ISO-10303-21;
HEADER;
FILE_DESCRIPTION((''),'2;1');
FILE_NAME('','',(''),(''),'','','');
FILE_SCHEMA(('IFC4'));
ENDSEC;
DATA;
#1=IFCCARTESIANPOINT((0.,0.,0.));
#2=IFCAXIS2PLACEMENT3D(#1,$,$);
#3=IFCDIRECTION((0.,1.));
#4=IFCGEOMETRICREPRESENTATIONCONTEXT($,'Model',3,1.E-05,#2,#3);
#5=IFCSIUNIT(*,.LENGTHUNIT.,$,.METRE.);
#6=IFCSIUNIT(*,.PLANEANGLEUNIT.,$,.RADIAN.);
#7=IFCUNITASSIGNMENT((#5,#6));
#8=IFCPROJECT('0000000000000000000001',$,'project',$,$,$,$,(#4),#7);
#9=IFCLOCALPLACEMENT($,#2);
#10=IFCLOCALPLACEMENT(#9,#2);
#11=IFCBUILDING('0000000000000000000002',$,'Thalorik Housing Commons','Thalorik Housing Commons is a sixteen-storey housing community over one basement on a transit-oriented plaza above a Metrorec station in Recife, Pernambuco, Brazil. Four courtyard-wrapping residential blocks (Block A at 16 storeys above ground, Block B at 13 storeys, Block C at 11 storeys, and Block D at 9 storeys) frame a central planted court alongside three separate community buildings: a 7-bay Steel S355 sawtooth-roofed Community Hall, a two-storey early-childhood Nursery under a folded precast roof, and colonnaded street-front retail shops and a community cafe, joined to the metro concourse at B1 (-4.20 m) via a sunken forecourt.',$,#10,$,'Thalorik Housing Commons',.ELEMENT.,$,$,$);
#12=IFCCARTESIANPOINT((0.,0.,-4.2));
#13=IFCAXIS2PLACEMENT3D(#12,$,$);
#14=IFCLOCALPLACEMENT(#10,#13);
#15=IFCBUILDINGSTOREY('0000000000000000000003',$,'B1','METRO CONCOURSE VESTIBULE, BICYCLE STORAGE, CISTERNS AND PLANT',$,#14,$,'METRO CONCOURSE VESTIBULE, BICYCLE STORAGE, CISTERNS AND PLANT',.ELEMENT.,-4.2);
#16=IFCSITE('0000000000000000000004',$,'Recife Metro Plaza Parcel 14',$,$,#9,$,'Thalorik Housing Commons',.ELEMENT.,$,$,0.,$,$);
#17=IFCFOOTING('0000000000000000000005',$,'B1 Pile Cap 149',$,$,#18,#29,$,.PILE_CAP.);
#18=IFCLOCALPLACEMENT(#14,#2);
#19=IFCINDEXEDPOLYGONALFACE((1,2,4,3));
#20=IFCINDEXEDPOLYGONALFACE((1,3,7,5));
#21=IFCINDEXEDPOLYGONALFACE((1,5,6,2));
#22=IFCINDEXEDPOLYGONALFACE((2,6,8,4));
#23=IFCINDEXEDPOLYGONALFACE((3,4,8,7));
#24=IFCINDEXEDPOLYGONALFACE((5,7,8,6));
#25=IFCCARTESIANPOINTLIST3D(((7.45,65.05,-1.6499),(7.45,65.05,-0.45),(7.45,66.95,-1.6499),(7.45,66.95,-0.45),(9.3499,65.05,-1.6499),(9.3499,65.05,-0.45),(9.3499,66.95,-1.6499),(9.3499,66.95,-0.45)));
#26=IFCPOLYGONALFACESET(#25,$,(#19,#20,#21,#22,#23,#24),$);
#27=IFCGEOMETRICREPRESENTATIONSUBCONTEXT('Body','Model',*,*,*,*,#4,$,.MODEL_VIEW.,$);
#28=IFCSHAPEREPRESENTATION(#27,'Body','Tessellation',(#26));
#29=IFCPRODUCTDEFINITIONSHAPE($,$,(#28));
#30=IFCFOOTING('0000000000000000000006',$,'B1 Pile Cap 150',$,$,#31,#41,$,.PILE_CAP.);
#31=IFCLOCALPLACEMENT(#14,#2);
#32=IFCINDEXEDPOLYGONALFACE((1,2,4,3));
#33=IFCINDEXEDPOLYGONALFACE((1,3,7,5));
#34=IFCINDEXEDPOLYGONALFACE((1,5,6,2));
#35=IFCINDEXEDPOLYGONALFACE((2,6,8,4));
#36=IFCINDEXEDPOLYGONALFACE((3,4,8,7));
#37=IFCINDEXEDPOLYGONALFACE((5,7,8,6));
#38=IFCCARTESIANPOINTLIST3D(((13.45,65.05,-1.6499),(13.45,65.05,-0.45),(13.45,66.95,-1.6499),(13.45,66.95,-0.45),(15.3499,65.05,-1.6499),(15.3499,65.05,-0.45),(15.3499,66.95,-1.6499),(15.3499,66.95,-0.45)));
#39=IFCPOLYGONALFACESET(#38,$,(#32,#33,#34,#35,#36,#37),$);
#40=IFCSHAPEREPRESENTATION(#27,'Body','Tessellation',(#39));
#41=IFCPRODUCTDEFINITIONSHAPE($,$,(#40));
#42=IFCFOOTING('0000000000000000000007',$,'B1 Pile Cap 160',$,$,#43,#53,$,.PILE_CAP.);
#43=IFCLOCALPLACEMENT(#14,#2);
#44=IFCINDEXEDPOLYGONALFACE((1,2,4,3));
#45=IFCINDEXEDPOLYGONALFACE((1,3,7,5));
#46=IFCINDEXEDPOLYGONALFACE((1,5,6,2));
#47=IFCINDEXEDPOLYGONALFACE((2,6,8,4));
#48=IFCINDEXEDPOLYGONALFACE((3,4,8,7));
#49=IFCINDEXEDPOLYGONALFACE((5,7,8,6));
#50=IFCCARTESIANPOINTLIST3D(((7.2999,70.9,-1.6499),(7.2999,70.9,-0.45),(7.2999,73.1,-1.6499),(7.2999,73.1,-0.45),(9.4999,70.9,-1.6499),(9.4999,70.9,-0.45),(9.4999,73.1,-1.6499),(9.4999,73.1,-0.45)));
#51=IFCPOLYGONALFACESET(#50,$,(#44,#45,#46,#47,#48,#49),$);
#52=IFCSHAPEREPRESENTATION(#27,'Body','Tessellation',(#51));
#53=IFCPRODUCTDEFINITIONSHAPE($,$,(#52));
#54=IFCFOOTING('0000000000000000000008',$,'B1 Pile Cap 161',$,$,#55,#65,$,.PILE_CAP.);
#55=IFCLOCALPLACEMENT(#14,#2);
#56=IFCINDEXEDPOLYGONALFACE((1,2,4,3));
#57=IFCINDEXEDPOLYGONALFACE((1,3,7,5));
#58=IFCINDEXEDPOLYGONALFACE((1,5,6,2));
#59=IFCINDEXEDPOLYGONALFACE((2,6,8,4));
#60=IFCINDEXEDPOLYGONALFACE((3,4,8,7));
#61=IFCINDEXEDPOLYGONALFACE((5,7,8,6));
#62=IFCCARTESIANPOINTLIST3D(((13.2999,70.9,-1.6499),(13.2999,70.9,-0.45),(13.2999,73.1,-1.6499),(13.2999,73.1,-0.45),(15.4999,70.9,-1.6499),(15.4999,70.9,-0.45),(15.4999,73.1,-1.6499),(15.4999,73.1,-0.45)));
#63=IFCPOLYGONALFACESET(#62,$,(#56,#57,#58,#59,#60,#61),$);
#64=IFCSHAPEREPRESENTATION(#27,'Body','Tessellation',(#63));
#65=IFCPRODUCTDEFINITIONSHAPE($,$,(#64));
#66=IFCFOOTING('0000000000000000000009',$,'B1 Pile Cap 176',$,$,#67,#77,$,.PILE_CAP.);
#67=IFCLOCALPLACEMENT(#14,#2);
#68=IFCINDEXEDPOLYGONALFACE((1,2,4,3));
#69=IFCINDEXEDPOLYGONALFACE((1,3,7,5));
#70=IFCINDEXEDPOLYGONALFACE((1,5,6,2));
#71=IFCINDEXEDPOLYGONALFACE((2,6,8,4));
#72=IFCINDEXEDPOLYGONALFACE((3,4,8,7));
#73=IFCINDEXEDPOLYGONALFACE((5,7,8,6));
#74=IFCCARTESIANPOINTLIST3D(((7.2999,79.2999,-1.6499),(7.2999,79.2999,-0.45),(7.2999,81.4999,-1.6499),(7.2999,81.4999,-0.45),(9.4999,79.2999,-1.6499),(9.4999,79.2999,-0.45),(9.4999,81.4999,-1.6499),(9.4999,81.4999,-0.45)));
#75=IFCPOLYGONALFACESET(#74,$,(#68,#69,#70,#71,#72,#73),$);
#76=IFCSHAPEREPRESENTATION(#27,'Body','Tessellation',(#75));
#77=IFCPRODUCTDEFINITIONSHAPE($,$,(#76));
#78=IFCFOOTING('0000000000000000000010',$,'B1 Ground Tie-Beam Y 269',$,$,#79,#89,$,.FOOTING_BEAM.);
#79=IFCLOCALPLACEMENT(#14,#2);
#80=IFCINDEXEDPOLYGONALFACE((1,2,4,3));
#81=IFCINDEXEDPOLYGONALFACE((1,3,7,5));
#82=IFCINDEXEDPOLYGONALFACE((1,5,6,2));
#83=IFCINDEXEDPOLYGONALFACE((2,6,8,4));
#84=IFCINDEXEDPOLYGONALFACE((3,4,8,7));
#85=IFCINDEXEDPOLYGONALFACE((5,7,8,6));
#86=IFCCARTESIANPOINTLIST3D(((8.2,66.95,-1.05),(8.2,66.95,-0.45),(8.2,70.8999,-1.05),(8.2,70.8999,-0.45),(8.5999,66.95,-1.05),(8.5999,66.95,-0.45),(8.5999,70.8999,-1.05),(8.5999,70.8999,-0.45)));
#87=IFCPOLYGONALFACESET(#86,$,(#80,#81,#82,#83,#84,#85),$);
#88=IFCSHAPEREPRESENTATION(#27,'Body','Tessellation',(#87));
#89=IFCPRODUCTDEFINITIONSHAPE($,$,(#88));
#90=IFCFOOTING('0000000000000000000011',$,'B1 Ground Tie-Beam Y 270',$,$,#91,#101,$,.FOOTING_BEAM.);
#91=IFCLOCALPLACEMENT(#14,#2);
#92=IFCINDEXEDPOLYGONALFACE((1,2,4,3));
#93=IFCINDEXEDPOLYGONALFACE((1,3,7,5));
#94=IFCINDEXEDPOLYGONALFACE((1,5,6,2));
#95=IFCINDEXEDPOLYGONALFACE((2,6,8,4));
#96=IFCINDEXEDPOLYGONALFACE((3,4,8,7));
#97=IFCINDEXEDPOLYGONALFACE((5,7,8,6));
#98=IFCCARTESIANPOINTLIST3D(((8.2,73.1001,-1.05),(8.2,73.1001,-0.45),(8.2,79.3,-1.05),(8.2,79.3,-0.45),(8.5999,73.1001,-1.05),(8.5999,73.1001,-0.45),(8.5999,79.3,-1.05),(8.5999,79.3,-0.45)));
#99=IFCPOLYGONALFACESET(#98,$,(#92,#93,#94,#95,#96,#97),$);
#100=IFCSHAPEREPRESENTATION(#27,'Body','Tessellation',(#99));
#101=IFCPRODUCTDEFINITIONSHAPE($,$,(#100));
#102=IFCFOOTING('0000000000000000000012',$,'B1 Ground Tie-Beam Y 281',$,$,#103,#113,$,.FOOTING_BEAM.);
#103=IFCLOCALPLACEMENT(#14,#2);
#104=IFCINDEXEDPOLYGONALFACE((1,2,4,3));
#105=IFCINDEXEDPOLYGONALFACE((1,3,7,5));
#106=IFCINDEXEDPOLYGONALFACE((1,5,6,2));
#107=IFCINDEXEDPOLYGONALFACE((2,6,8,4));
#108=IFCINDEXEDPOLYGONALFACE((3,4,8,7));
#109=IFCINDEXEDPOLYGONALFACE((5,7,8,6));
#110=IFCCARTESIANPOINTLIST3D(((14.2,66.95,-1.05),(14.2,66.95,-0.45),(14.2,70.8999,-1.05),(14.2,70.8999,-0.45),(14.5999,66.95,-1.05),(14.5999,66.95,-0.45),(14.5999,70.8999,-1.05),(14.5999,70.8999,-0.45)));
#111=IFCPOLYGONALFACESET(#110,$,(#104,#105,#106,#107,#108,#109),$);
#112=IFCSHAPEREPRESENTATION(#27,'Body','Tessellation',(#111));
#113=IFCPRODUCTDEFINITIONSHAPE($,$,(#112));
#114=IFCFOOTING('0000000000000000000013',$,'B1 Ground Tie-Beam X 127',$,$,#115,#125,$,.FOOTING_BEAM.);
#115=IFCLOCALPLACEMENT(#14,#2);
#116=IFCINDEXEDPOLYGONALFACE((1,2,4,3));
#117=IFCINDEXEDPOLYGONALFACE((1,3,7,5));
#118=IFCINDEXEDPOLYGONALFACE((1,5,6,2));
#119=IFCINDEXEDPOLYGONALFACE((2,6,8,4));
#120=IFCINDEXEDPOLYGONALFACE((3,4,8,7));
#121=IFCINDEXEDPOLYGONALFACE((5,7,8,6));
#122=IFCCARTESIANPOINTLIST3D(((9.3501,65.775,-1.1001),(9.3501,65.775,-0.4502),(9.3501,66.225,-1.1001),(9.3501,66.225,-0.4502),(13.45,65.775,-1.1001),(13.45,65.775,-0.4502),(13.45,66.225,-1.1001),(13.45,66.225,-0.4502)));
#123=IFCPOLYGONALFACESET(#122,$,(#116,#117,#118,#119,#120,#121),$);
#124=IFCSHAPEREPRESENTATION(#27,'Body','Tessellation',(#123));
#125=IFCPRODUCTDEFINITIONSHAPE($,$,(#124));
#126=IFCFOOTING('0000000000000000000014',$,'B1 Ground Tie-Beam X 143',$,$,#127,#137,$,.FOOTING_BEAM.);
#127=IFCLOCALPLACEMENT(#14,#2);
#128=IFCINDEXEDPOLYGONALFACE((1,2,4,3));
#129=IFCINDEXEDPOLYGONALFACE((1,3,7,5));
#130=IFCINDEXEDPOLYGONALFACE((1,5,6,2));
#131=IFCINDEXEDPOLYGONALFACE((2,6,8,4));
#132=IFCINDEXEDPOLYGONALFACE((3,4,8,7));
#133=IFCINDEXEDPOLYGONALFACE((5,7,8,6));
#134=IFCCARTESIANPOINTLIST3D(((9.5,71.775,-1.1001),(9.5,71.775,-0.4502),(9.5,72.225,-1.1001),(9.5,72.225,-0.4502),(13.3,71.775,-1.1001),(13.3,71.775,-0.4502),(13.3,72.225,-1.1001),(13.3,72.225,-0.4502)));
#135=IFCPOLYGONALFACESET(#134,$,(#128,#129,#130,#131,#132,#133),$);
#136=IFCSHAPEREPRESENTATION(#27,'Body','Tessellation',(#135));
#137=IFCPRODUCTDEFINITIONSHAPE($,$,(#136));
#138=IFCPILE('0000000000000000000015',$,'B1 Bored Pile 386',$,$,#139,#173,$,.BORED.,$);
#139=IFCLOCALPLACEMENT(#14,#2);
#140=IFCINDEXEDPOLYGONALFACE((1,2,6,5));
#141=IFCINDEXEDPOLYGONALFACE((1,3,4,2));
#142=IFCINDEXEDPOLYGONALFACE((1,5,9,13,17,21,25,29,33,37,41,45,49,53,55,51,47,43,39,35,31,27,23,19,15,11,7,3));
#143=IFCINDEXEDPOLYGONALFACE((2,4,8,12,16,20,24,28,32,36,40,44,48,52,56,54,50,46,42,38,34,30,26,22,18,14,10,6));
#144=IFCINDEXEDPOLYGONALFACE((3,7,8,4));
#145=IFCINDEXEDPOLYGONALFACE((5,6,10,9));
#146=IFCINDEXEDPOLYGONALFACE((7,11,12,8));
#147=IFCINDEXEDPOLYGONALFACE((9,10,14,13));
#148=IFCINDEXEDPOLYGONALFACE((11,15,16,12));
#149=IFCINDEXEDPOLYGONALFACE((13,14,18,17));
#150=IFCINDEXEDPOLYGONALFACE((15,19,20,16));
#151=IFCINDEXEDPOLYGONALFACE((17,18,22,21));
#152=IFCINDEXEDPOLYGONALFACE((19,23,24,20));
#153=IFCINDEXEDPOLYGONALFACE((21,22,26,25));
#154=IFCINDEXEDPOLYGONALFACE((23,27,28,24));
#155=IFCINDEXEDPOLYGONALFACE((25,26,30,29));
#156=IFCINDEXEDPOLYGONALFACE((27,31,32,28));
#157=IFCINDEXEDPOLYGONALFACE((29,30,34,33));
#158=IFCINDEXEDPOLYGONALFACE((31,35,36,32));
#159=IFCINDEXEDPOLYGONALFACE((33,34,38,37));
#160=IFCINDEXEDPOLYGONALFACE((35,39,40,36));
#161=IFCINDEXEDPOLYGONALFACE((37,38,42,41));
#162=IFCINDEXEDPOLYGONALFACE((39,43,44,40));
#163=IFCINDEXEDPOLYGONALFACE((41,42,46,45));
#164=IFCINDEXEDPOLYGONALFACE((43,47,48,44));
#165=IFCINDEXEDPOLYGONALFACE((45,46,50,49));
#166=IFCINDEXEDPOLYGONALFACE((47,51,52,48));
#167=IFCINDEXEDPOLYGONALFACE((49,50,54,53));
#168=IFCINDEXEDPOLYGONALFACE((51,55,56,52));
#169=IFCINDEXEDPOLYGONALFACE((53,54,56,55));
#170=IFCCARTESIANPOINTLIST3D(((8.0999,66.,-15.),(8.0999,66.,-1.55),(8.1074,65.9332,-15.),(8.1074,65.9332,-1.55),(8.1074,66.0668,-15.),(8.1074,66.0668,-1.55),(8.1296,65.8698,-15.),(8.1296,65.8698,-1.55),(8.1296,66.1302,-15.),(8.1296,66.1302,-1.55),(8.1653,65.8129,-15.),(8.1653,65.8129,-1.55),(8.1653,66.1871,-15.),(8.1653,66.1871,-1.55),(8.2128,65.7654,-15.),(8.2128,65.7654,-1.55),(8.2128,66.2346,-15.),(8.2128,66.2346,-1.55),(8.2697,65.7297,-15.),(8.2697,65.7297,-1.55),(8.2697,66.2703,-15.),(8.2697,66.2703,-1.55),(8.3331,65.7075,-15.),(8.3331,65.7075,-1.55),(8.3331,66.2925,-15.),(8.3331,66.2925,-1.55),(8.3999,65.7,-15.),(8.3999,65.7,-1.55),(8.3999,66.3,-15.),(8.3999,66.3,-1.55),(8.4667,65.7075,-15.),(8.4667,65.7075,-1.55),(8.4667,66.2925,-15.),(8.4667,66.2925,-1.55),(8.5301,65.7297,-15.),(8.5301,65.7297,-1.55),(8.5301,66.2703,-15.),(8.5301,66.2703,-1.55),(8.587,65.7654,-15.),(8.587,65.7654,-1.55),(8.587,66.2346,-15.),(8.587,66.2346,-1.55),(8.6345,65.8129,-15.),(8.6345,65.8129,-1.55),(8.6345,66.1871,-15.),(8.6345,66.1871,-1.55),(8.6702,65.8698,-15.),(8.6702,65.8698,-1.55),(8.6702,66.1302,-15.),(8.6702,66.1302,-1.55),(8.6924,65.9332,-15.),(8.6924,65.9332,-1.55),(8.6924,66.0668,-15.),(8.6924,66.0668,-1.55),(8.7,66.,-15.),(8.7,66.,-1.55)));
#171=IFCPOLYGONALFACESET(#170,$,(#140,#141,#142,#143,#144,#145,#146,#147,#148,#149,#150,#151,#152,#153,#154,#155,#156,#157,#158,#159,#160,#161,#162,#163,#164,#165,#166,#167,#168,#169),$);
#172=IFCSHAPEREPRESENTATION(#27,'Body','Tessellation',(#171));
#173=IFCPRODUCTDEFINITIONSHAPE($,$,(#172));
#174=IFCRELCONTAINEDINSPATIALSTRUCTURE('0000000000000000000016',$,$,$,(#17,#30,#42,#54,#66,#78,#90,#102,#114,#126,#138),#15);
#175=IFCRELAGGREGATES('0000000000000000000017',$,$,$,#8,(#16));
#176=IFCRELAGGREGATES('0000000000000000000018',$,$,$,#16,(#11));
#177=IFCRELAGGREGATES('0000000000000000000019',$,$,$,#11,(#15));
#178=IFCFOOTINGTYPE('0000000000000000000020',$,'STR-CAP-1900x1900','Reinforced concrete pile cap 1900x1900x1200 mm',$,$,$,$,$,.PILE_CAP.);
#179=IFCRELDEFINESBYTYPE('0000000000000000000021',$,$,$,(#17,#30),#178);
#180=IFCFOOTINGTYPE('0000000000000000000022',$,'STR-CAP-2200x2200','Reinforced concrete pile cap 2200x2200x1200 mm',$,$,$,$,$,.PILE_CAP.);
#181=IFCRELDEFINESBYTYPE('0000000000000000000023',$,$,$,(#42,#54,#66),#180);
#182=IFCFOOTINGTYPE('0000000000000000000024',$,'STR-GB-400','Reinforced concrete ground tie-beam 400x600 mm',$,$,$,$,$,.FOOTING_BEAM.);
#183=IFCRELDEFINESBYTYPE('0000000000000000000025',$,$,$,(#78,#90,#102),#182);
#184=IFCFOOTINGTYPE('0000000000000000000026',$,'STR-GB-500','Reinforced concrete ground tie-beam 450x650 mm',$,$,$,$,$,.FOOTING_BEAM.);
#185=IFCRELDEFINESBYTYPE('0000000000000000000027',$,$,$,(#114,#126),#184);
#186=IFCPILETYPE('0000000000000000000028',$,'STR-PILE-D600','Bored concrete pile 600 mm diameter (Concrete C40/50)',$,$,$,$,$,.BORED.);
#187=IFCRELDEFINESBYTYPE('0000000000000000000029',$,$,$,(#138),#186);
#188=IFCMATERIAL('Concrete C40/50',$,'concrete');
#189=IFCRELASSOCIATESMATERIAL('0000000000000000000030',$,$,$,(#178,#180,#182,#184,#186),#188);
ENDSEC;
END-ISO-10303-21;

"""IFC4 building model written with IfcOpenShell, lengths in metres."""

from ifc_helpers import new_model, si_unit, direction, frame, origin, origin_2d, place, context, subcontext, project, spatial, rectangle, circle, extrude, material, material_profile, profile_set, type_object, element, save


model = new_model("IFC4")

# Units and contexts
model_context = context("Model", 3, precision=1e-05, world=origin(), true_north=direction((0.0, 1.0)))
body_context = subcontext(model_context, "Body", "Model", "MODEL_VIEW")
ifc_project = project(units=[si_unit("LENGTHUNIT", "METRE"), si_unit("PLANEANGLEUNIT", "RADIAN")], contexts=[model_context])

# Site, building, storey
site_placement = place(None, origin())
site = spatial("IfcSite", under=ifc_project, at=site_placement, Name="Recife Metro Plaza Parcel 14", LongName="Thalorik Housing Commons", CompositionType="ELEMENT", RefElevation=0.0)
building_placement = place(site_placement, origin())
building = spatial("IfcBuilding", under=site, at=building_placement, Name="Thalorik Housing Commons", Description="Thalorik Housing Commons is a sixteen-storey housing community over one basement on a transit-oriented plaza above a Metrorec station in Recife, Pernambuco, Brazil. Four courtyard-wrapping residential blocks (Block A at 16 storeys above ground, Block B at 13 storeys, Block C at 11 storeys, and Block D at 9 storeys) frame a central planted court alongside three separate community buildings: a 7-bay Steel S355 sawtooth-roofed Community Hall, a two-storey early-childhood Nursery under a folded precast roof, and colonnaded street-front retail shops and a community cafe, joined to the metro concourse at B1 (-4.20 m) via a sunken forecourt.", LongName="Thalorik Housing Commons", CompositionType="ELEMENT")
storey_placement = place(building_placement, frame((0.0, 0.0, -4.2)))
storey = spatial("IfcBuildingStorey", under=building, at=storey_placement, Name="B1", Description="METRO CONCOURSE VESTIBULE, BICYCLE STORAGE, CISTERNS AND PLANT", LongName="METRO CONCOURSE VESTIBULE, BICYCLE STORAGE, CISTERNS AND PLANT", CompositionType="ELEMENT", Elevation=-4.2)

# Footings
ifc_material_1 = material(Name="Concrete C40/50", Category="concrete")
footing_type_1 = type_object("IfcFootingType", Name="STR-CAP-1900x1900", Description="Reinforced concrete pile cap 1900x1900x1200 mm", PredefinedType="PILE_CAP", material=ifc_material_1)
for number, where, z_axis, x_axis, name in (
    (1, (8.3999, 66.0, -1.6499), (0.0, 0.0, 1.0), (1.0, 0.0, 0.0), "B1 Pile Cap 149"),
    (2, (14.3999, 66.0, -1.6499), (0.0, 0.0, 1.0), (1.0, 0.0, 0.0), "B1 Pile Cap 150"),
):
    element("IfcFooting", number, at=place(storey_placement, frame(where, z_axis=z_axis, x_axis=x_axis)), inside=storey, type_object=footing_type_1, Name=name, PredefinedType="PILE_CAP", context=body_context, shape_type="SweptSolid", body=[
        extrude(rectangle(XDim=1.8999, YDim=1.8999, at=origin_2d()), origin(), (0.0, 0.0, 1.0), 1.2),
    ])
footing_type_2 = type_object("IfcFootingType", Name="STR-CAP-2200x2200", Description="Reinforced concrete pile cap 2200x2200x1200 mm", PredefinedType="PILE_CAP", material=ifc_material_1)
for number, where, z_axis, x_axis, name in (
    (3, (8.3999, 72.0, -1.6499), (0.0, 0.0, 1.0), (1.0, 0.0, 0.0), "B1 Pile Cap 160"),
    (4, (14.3999, 72.0, -1.6499), (0.0, 0.0, 1.0), (1.0, 0.0, 0.0), "B1 Pile Cap 161"),
    (5, (8.3999, 80.3999, -1.6499), (0.0, 0.0, 1.0), (1.0, 0.0, 0.0), "B1 Pile Cap 176"),
):
    element("IfcFooting", number, at=place(storey_placement, frame(where, z_axis=z_axis, x_axis=x_axis)), inside=storey, type_object=footing_type_2, Name=name, PredefinedType="PILE_CAP", context=body_context, shape_type="SweptSolid", body=[
        extrude(rectangle(XDim=2.2, YDim=2.2, at=origin_2d()), origin(), (0.0, 0.0, 1.0), 1.2),
    ])
ifc_material_profile_1 = material_profile(ifc_material_1, rectangle(XDim=0.3999, YDim=0.6001, at=origin_2d()), Name="RC 400x600", Category="concrete")
ifc_profile_set_1 = profile_set([ifc_material_profile_1], Name="Concrete C40/50")
footing_type_3 = type_object("IfcFootingType", Name="STR-GB-400", Description="Reinforced concrete ground tie-beam 400x600 mm", PredefinedType="FOOTING_BEAM", material=ifc_profile_set_1)
footing_1_placement = place(storey_placement, frame((8.3999, 66.95, -0.75), z_axis=(0.0, 1.0, 0.0), x_axis=(-1.0, 0.0, 0.0)))
element("IfcFooting", 6, at=footing_1_placement, inside=storey, type_object=footing_type_3, Name="B1 Ground Tie-Beam Y 269", PredefinedType="FOOTING_BEAM", context=body_context, shape_type="SweptSolid", body=[
    extrude(rectangle(XDim=0.3999, YDim=0.6001, at=origin_2d()), origin(), (0.0, 0.0, 1.0), 3.95),
])
footing_2_placement = place(storey_placement, frame((8.3999, 73.1001, -0.75), z_axis=(0.0, 1.0, 0.0), x_axis=(-1.0, 0.0, 0.0)))
element("IfcFooting", 7, at=footing_2_placement, inside=storey, type_object=footing_type_3, Name="B1 Ground Tie-Beam Y 270", PredefinedType="FOOTING_BEAM", context=body_context, shape_type="SweptSolid", body=[
    extrude(rectangle(XDim=0.3999, YDim=0.6001, at=origin_2d()), origin(), (0.0, 0.0, 1.0), 6.2),
])
footing_3_placement = place(storey_placement, frame((14.3999, 66.95, -0.75), z_axis=(0.0, 1.0, 0.0), x_axis=(-1.0, 0.0, 0.0)))
element("IfcFooting", 8, at=footing_3_placement, inside=storey, type_object=footing_type_3, Name="B1 Ground Tie-Beam Y 281", PredefinedType="FOOTING_BEAM", context=body_context, shape_type="SweptSolid", body=[
    extrude(rectangle(XDim=0.3999, YDim=0.6001, at=origin_2d()), origin(), (0.0, 0.0, 1.0), 3.95),
])
ifc_material_profile_2 = material_profile(ifc_material_1, rectangle(XDim=0.45, YDim=0.6499, at=origin_2d()), Name="RC 450x650", Category="concrete")
ifc_profile_set_2 = profile_set([ifc_material_profile_2], Name="Concrete C40/50")
footing_type_4 = type_object("IfcFootingType", Name="STR-GB-500", Description="Reinforced concrete ground tie-beam 450x650 mm", PredefinedType="FOOTING_BEAM", material=ifc_profile_set_2)
footing_4_placement = place(storey_placement, frame((9.3501, 66.0, -0.7751), z_axis=(1.0, 0.0, 0.0), x_axis=(0.0, 1.0, 0.0)))
element("IfcFooting", 9, at=footing_4_placement, inside=storey, type_object=footing_type_4, Name="B1 Ground Tie-Beam X 127", PredefinedType="FOOTING_BEAM", context=body_context, shape_type="SweptSolid", body=[
    extrude(rectangle(XDim=0.45, YDim=0.6499, at=origin_2d()), origin(), (0.0, 0.0, 1.0), 4.0999),
])
footing_5_placement = place(storey_placement, frame((9.5, 72.0, -0.7751), z_axis=(1.0, 0.0, 0.0), x_axis=(0.0, 1.0, 0.0)))
element("IfcFooting", 10, at=footing_5_placement, inside=storey, type_object=footing_type_4, Name="B1 Ground Tie-Beam X 143", PredefinedType="FOOTING_BEAM", context=body_context, shape_type="SweptSolid", body=[
    extrude(rectangle(XDim=0.45, YDim=0.6499, at=origin_2d()), origin(), (0.0, 0.0, 1.0), 3.8),
])

# Pile
ifc_material_profile_3 = material_profile(ifc_material_1, circle(Radius=0.3, at=origin_2d()), Name="BORED PILE D600", Category="concrete")
ifc_profile_set_3 = profile_set([ifc_material_profile_3], Name="Concrete C40/50")
pile_type = type_object("IfcPileType", Name="STR-PILE-D600", Description="Bored concrete pile 600 mm diameter (Concrete C40/50)", PredefinedType="BORED", material=ifc_profile_set_3)
for number, where, z_axis, x_axis, name in (
    (11, (8.3999, 66.0, -1.55), (0.0, 0.0, -1.0), (1.0, 0.0, 0.0), "B1 Bored Pile 386"),
):
    element("IfcPile", number, at=place(storey_placement, frame(where, z_axis=z_axis, x_axis=x_axis)), inside=storey, type_object=pile_type, Name=name, PredefinedType="BORED", context=body_context, shape_type="SweptSolid", body=[
        extrude(circle(Radius=0.3, at=origin_2d()), origin(), (0.0, 0.0, 1.0), 13.45),
    ])

save(model, "model.ifc")
